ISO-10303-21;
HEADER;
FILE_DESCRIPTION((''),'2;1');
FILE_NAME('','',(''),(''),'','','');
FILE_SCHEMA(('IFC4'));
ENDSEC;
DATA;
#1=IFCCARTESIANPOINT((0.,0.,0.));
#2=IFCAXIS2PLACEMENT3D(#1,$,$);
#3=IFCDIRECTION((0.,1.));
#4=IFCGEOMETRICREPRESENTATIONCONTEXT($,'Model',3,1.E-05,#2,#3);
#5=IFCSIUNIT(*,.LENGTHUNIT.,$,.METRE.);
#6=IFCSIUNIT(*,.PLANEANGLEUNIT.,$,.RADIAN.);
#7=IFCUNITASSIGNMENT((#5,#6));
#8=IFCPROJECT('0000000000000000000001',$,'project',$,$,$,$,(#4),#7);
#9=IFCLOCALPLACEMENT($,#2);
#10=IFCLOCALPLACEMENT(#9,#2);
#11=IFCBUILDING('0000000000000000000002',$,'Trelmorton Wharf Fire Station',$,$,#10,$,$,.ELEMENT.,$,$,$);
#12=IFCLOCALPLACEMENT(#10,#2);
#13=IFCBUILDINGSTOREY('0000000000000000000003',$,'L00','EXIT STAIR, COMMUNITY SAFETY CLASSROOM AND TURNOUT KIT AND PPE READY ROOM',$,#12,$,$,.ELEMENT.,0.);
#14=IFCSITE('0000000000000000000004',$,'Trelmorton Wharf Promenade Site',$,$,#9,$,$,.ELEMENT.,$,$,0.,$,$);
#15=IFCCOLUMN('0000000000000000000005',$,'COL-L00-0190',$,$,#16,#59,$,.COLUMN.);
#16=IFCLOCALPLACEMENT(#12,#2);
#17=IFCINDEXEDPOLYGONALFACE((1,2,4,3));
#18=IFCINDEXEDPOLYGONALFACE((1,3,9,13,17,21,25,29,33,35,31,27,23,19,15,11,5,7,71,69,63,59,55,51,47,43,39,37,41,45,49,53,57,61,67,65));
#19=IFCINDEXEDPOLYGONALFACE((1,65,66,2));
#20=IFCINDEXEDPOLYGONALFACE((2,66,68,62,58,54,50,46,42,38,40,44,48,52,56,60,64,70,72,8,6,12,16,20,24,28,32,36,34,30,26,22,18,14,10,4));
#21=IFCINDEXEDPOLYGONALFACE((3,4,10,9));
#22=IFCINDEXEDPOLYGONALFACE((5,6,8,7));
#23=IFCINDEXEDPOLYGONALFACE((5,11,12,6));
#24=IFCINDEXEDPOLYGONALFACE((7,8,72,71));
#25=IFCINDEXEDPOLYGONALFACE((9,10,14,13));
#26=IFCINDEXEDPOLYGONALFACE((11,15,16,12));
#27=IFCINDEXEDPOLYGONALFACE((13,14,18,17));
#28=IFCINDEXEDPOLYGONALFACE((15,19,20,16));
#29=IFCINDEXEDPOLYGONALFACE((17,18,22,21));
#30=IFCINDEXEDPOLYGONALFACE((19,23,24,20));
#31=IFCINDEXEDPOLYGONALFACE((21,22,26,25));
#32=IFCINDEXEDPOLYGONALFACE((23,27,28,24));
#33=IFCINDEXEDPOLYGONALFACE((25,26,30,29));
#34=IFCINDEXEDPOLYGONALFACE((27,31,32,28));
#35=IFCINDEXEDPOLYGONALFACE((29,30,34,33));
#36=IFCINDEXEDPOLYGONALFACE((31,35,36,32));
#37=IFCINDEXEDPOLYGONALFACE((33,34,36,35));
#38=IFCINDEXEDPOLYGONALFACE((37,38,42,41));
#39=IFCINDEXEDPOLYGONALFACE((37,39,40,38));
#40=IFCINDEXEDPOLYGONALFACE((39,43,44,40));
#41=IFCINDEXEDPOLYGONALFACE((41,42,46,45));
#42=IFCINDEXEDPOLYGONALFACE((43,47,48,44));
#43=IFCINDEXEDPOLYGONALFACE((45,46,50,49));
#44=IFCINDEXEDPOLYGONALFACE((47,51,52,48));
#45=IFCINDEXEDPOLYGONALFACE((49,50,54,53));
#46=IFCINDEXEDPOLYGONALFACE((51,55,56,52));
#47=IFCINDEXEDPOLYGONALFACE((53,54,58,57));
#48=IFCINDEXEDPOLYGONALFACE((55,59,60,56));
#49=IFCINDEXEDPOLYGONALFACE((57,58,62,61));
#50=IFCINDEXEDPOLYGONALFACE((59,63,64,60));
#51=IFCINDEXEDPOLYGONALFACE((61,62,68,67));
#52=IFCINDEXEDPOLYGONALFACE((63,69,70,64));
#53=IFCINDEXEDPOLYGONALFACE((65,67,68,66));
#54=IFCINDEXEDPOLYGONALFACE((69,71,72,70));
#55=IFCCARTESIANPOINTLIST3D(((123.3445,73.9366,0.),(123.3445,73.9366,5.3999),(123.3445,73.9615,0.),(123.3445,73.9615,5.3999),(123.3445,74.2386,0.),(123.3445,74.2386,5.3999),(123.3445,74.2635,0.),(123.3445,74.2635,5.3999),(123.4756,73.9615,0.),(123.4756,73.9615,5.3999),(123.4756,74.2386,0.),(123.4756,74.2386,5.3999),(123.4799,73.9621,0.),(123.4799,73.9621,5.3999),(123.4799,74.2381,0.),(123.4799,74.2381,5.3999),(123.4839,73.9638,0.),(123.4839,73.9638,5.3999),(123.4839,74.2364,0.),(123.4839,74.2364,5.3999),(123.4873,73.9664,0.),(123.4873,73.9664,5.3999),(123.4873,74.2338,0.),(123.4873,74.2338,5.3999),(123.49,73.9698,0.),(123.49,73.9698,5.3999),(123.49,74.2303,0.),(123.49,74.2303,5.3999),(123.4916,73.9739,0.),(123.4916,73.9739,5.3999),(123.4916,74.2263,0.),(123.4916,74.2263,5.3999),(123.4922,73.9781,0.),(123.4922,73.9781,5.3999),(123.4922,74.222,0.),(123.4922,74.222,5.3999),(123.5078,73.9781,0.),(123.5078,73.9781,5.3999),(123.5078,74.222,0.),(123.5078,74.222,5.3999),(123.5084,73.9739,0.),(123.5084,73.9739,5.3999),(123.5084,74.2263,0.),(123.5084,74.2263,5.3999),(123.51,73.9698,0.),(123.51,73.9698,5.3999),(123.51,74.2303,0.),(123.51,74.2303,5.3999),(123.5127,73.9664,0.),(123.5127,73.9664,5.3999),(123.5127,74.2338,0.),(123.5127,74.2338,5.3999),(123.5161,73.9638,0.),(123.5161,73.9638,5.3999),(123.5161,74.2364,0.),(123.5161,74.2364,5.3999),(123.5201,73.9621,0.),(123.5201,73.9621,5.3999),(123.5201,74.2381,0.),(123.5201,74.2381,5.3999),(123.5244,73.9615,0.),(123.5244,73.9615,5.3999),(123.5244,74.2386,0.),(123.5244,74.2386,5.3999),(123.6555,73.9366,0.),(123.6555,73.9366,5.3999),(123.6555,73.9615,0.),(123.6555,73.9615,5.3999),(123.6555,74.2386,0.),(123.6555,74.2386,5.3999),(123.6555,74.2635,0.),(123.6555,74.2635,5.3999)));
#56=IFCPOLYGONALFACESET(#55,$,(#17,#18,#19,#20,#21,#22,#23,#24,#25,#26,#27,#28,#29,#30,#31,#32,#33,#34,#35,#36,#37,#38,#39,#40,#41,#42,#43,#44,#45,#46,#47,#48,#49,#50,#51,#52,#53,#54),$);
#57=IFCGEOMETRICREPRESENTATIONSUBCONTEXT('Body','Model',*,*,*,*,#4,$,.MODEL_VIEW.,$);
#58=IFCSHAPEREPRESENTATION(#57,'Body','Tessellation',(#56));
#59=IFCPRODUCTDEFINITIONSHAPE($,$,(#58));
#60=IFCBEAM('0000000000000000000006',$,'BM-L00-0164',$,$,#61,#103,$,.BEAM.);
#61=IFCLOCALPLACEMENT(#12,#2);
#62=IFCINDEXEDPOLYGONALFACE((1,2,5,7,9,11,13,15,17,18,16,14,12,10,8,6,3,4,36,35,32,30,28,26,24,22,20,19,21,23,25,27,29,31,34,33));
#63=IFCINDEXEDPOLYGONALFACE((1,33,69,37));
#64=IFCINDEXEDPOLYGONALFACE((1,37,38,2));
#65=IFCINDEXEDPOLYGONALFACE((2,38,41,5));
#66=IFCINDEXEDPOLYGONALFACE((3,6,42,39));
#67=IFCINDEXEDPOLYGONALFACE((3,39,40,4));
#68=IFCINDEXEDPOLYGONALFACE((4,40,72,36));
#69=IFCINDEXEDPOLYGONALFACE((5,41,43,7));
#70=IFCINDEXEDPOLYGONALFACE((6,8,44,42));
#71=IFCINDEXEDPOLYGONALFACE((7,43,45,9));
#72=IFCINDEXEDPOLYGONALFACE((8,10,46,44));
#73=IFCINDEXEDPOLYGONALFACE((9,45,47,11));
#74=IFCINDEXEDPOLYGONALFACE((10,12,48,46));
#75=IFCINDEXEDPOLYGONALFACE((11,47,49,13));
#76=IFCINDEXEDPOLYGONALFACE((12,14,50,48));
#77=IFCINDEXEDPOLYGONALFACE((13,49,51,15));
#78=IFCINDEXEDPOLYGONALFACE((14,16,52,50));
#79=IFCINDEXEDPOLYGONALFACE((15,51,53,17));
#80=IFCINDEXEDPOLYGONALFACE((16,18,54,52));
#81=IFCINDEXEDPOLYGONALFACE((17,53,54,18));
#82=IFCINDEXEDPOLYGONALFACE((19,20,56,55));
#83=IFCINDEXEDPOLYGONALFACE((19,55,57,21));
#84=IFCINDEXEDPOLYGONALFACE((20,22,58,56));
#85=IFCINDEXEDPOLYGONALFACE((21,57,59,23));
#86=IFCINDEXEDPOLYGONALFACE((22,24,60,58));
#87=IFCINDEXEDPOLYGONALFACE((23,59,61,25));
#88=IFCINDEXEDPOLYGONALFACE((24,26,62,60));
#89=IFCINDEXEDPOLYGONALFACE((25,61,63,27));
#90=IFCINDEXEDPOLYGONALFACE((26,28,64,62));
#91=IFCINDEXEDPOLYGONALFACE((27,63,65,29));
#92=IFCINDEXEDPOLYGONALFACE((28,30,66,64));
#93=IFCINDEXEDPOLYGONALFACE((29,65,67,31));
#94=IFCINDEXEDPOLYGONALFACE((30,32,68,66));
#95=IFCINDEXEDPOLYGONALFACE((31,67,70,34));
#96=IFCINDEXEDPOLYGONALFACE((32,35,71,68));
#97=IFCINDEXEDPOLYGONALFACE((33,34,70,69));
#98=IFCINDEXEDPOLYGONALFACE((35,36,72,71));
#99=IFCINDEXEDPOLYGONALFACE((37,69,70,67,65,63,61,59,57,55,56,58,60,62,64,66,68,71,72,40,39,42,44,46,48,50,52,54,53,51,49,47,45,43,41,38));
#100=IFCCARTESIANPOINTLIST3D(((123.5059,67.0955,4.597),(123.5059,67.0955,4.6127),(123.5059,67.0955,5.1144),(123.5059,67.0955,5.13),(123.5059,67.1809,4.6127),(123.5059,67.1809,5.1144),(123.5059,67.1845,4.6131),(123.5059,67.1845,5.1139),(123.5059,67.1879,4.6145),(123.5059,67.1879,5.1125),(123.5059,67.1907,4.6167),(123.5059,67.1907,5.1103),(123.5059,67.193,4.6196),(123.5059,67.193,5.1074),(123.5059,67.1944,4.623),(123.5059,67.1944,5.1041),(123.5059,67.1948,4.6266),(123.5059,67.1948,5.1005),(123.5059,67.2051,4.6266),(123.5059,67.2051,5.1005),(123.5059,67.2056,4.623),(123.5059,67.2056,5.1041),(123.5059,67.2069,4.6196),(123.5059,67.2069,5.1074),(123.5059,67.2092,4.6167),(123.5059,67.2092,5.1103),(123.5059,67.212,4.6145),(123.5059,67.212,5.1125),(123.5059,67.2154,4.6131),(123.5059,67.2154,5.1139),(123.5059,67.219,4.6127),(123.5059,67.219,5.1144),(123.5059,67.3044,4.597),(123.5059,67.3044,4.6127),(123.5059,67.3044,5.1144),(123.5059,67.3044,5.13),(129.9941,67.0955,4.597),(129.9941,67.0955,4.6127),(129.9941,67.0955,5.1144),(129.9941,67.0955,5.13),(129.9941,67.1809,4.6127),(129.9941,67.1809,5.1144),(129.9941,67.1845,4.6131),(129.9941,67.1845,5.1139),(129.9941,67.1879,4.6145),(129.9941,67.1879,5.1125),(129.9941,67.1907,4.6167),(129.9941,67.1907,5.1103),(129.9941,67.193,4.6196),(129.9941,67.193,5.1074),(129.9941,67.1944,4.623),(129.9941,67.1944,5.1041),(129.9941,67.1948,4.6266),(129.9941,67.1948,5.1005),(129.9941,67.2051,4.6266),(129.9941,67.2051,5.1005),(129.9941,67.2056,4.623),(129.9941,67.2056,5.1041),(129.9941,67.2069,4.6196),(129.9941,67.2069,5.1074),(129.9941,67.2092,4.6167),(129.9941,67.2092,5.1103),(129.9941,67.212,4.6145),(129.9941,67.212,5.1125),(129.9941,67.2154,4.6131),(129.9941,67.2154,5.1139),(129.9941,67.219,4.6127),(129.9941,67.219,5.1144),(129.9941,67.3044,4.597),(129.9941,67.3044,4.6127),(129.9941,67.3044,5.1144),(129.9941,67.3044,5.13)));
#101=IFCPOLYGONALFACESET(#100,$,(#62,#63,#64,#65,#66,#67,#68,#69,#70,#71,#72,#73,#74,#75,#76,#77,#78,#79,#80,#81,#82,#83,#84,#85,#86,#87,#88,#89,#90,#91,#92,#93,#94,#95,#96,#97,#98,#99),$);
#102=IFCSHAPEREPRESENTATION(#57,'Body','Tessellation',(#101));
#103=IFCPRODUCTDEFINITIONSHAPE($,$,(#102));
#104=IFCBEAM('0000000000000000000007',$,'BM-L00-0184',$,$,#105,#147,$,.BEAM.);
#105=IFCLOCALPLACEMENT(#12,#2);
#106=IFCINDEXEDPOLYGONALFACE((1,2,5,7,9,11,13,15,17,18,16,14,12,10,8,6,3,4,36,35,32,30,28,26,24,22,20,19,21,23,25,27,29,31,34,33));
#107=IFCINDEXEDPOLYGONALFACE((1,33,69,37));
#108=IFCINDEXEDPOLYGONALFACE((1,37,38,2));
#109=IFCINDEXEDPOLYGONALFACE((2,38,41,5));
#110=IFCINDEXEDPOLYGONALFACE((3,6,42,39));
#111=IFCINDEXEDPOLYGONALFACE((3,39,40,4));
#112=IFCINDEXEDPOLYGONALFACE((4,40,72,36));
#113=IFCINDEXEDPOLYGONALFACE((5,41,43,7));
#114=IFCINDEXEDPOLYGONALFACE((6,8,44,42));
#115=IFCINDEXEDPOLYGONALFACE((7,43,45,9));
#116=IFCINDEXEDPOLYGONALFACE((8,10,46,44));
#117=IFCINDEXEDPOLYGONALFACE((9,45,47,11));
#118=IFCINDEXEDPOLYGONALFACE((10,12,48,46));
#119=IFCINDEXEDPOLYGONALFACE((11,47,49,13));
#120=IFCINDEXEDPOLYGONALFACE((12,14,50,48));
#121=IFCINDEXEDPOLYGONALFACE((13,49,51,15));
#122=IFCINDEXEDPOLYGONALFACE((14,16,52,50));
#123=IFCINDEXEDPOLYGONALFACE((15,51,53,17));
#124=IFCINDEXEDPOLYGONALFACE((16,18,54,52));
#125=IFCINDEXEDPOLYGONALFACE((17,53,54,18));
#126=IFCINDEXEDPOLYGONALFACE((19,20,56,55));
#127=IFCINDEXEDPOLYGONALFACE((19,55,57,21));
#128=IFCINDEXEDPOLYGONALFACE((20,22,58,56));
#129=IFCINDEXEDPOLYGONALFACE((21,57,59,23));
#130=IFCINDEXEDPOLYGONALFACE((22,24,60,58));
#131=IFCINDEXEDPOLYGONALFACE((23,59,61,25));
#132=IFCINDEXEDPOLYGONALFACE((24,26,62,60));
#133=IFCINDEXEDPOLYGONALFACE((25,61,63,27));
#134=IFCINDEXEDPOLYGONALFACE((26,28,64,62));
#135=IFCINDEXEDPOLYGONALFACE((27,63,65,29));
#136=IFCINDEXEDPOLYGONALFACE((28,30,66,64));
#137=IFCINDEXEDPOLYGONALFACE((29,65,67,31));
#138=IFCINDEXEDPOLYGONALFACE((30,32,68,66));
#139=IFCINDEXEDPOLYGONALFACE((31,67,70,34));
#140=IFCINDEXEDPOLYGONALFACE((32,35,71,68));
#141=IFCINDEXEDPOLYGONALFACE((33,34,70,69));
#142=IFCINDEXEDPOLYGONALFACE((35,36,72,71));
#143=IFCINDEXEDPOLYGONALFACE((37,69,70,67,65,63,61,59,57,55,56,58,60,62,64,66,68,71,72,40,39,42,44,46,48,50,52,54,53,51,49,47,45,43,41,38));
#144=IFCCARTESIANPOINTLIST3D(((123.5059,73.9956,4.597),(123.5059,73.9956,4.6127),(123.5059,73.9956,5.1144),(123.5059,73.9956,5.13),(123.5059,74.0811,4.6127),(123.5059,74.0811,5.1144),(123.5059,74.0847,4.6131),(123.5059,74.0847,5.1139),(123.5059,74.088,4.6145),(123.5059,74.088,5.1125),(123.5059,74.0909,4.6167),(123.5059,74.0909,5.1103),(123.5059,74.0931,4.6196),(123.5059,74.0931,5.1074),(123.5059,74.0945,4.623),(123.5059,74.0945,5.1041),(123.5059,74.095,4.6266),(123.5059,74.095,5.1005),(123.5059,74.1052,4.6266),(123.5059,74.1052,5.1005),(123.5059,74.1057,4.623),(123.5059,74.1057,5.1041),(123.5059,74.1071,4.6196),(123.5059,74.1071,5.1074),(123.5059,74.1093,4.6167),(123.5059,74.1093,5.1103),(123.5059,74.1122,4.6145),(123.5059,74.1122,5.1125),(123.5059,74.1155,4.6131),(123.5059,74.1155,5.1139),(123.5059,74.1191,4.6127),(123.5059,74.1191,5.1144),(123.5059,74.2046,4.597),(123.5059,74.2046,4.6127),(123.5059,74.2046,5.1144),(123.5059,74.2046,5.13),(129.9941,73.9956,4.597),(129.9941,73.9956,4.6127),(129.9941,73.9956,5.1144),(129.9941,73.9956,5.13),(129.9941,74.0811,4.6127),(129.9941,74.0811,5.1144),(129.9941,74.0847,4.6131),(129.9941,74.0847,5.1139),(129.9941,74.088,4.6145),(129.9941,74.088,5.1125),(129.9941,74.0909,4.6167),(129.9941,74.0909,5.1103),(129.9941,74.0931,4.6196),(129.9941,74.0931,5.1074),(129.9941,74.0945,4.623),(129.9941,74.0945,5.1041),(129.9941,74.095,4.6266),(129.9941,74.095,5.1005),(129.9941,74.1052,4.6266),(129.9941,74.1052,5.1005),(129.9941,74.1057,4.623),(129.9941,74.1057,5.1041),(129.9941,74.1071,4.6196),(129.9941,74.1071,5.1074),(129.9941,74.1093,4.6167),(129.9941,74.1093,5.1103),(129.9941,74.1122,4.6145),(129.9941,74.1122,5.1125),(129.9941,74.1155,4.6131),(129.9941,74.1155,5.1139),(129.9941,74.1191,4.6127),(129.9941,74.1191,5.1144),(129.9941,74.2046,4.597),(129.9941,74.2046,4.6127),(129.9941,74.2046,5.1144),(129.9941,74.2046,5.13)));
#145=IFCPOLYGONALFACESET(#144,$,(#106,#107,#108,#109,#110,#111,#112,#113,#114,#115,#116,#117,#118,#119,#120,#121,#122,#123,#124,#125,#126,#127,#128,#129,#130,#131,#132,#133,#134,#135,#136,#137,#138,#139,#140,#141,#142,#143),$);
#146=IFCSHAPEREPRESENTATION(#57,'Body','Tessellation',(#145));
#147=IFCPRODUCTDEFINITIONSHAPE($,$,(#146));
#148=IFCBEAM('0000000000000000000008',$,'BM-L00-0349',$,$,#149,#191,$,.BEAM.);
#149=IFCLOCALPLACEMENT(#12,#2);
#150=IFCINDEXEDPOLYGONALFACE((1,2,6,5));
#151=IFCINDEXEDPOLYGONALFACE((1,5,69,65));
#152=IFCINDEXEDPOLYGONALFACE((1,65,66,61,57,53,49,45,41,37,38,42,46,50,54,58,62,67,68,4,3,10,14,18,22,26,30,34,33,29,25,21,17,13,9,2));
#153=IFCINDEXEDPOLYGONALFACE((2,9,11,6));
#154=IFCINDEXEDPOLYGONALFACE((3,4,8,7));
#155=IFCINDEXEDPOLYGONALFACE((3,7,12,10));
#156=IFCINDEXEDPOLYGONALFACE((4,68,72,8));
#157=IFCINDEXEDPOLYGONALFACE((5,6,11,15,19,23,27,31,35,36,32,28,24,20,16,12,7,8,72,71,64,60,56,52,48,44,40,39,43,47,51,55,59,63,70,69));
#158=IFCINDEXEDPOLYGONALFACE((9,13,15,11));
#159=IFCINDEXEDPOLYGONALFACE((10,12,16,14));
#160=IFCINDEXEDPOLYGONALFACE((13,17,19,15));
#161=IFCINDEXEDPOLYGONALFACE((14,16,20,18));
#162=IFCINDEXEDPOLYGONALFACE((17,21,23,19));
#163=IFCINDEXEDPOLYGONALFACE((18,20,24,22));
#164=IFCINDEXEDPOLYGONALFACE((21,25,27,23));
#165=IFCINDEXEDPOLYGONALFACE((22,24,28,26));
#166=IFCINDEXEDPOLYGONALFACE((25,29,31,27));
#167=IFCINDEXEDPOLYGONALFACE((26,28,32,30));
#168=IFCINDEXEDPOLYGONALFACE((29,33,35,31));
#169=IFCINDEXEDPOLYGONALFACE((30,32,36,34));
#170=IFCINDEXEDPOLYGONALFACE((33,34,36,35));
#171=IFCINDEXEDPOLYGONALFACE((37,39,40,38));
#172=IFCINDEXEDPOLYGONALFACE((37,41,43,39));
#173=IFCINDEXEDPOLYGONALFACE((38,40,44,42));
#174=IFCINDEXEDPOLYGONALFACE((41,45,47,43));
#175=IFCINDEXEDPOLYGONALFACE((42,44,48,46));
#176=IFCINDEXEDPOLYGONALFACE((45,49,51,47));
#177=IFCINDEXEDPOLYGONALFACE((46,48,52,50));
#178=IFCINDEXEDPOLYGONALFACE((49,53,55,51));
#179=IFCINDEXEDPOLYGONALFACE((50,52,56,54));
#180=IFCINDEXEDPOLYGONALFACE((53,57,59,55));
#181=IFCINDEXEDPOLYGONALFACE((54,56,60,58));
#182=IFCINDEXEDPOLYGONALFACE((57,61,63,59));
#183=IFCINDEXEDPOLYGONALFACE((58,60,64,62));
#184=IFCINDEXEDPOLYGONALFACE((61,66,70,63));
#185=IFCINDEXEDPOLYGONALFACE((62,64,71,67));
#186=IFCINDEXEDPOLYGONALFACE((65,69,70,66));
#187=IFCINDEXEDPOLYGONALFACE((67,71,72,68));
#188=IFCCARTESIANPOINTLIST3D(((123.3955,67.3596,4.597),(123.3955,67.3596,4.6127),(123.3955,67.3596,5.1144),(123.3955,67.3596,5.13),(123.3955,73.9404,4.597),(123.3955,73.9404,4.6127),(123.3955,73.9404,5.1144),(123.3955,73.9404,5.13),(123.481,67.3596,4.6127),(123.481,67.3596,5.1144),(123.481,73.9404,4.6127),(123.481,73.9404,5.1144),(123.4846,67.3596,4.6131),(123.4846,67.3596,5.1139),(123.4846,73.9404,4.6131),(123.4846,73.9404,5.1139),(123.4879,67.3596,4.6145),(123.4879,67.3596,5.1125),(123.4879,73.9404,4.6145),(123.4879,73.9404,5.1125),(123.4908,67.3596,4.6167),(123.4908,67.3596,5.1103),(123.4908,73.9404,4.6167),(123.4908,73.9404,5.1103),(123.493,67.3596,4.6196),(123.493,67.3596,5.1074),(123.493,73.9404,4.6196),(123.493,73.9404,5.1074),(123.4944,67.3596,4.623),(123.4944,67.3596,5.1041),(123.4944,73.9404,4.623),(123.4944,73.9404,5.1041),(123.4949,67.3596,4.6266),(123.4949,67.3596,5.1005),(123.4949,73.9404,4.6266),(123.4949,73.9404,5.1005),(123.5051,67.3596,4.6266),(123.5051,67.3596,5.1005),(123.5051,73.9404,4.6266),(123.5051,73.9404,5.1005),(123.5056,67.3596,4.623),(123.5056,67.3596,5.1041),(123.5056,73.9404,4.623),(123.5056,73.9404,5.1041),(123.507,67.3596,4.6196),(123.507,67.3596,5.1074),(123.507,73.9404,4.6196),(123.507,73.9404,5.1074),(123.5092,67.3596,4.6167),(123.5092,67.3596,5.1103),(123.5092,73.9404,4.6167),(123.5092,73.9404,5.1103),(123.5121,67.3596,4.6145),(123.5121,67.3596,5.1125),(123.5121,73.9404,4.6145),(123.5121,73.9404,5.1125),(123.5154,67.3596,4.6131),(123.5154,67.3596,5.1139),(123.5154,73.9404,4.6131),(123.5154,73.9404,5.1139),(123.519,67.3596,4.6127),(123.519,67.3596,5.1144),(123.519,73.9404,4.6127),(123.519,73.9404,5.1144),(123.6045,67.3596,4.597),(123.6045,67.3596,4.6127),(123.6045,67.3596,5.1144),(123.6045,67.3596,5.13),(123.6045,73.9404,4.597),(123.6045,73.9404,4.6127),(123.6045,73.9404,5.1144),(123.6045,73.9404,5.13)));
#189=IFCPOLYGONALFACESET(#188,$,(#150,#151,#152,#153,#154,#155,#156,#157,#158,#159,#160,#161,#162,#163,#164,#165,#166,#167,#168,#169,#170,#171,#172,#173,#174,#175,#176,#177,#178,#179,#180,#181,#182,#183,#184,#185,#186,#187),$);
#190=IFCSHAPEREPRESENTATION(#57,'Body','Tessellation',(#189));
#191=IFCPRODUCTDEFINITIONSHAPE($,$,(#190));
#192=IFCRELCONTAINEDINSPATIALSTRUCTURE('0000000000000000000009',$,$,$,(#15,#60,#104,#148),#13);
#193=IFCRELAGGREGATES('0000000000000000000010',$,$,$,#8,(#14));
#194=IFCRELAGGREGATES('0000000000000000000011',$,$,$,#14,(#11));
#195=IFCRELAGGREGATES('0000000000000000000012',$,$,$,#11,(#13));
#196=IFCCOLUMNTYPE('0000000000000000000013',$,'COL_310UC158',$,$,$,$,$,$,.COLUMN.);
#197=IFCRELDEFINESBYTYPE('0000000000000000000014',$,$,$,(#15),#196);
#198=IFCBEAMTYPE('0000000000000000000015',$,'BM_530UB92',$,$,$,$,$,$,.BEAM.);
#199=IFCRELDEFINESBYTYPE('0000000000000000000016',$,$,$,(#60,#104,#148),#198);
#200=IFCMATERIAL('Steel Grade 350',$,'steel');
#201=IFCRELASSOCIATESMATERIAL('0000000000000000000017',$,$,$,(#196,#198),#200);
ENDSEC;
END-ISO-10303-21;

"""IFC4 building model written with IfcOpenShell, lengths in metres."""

from ifc_helpers import new_model, si_unit, direction, frame, origin, origin_2d, place, context, subcontext, project, spatial, i_section, extrude, material, material_profile, profile_set, type_object, element, save


model = new_model("IFC4")

# Units and contexts
model_context = context("Model", 3, precision=1e-05, world=origin(), true_north=direction((0.0, 1.0)))
body_context = subcontext(model_context, "Body", "Model", "MODEL_VIEW")
ifc_project = project(units=[si_unit("LENGTHUNIT", "METRE"), si_unit("PLANEANGLEUNIT", "RADIAN")], contexts=[model_context])

# Site, building, storey
site_placement = place(None, origin())
site = spatial("IfcSite", under=ifc_project, at=site_placement, Name="Trelmorton Wharf Promenade Site", CompositionType="ELEMENT", RefElevation=0.0)
building_placement = place(site_placement, origin())
building = spatial("IfcBuilding", under=site, at=building_placement, Name="Trelmorton Wharf Fire Station", CompositionType="ELEMENT")
storey_placement = place(building_placement, origin())
storey = spatial("IfcBuildingStorey", under=building, at=storey_placement, Name="L00", Description="EXIT STAIR, COMMUNITY SAFETY CLASSROOM AND TURNOUT KIT AND PPE READY ROOM", CompositionType="ELEMENT", Elevation=0.0)

# Column
ifc_material_1 = material(Name="Steel Grade 350", Category="steel")
ifc_material_profile_1 = material_profile(ifc_material_1, i_section(OverallWidth=0.311, OverallDepth=0.3269, WebThickness=0.0156, FlangeThickness=0.0249, FilletRadius=0.0166, at=origin_2d()), Name="310UC158")
ifc_profile_set_1 = profile_set([ifc_material_profile_1], Name="Steel Grade 350")
column_type = type_object("IfcColumnType", Name="COL_310UC158", PredefinedType="COLUMN", material=ifc_profile_set_1)
for number, where, z_axis, x_axis, name in (
    (1, (123.5, 74.1001, 0.0), (0.0, 0.0, 1.0), (1.0, 0.0, 0.0), "COL-L00-0190"),
):
    element("IfcColumn", number, at=place(storey_placement, frame(where, z_axis=z_axis, x_axis=x_axis)), inside=storey, type_object=column_type, Name=name, PredefinedType="COLUMN", context=body_context, shape_type="SweptSolid", body=[
        extrude(i_section(OverallWidth=0.311, OverallDepth=0.3269, WebThickness=0.0156, FlangeThickness=0.0249, FilletRadius=0.0166, at=origin_2d()), origin(), (0.0, 0.0, 1.0), 5.3999),
    ])

# Beams
ifc_material_profile_2 = material_profile(ifc_material_1, i_section(OverallWidth=0.209, OverallDepth=0.533, WebThickness=0.0103, FlangeThickness=0.0156, FilletRadius=0.0139, at=origin_2d()), Name="530UB92.4")
ifc_profile_set_2 = profile_set([ifc_material_profile_2], Name="Steel Grade 350")
beam_type_1 = type_object("IfcBeamType", Name="BM_530UB92", PredefinedType="BEAM", material=ifc_profile_set_2)
for number, where, z_axis, x_axis, name in (
    (2, (123.5059, 67.2, 4.8635), (1.0, 0.0, 0.0), (0.0, 1.0, 0.0), "BM-L00-0164"),
    (3, (123.5059, 74.1001, 4.8635), (1.0, 0.0, 0.0), (0.0, 1.0, 0.0), "BM-L00-0184"),
):
    element("IfcBeam", number, at=place(storey_placement, frame(where, z_axis=z_axis, x_axis=x_axis)), inside=storey, type_object=beam_type_1, Name=name, PredefinedType="BEAM", context=body_context, shape_type="SweptSolid", body=[
        extrude(i_section(OverallWidth=0.209, OverallDepth=0.533, WebThickness=0.0103, FlangeThickness=0.0156, FilletRadius=0.0139, at=origin_2d()), origin(), (0.0, 0.0, 1.0), 6.4883),
    ])
beam_1_placement = place(storey_placement, frame((123.5, 67.3596, 4.8635), z_axis=(0.0, 1.0, 0.0), x_axis=(-1.0, 0.0, 0.0)))
element("IfcBeam", 4, at=beam_1_placement, inside=storey, type_object=beam_type_1, Name="BM-L00-0349", PredefinedType="BEAM", context=body_context, shape_type="SweptSolid", body=[
    extrude(i_section(OverallWidth=0.209, OverallDepth=0.533, WebThickness=0.0103, FlangeThickness=0.0156, FilletRadius=0.0139, at=origin_2d()), origin(), (0.0, 0.0, 1.0), 6.5808),
])

save(model, "model.ifc")
